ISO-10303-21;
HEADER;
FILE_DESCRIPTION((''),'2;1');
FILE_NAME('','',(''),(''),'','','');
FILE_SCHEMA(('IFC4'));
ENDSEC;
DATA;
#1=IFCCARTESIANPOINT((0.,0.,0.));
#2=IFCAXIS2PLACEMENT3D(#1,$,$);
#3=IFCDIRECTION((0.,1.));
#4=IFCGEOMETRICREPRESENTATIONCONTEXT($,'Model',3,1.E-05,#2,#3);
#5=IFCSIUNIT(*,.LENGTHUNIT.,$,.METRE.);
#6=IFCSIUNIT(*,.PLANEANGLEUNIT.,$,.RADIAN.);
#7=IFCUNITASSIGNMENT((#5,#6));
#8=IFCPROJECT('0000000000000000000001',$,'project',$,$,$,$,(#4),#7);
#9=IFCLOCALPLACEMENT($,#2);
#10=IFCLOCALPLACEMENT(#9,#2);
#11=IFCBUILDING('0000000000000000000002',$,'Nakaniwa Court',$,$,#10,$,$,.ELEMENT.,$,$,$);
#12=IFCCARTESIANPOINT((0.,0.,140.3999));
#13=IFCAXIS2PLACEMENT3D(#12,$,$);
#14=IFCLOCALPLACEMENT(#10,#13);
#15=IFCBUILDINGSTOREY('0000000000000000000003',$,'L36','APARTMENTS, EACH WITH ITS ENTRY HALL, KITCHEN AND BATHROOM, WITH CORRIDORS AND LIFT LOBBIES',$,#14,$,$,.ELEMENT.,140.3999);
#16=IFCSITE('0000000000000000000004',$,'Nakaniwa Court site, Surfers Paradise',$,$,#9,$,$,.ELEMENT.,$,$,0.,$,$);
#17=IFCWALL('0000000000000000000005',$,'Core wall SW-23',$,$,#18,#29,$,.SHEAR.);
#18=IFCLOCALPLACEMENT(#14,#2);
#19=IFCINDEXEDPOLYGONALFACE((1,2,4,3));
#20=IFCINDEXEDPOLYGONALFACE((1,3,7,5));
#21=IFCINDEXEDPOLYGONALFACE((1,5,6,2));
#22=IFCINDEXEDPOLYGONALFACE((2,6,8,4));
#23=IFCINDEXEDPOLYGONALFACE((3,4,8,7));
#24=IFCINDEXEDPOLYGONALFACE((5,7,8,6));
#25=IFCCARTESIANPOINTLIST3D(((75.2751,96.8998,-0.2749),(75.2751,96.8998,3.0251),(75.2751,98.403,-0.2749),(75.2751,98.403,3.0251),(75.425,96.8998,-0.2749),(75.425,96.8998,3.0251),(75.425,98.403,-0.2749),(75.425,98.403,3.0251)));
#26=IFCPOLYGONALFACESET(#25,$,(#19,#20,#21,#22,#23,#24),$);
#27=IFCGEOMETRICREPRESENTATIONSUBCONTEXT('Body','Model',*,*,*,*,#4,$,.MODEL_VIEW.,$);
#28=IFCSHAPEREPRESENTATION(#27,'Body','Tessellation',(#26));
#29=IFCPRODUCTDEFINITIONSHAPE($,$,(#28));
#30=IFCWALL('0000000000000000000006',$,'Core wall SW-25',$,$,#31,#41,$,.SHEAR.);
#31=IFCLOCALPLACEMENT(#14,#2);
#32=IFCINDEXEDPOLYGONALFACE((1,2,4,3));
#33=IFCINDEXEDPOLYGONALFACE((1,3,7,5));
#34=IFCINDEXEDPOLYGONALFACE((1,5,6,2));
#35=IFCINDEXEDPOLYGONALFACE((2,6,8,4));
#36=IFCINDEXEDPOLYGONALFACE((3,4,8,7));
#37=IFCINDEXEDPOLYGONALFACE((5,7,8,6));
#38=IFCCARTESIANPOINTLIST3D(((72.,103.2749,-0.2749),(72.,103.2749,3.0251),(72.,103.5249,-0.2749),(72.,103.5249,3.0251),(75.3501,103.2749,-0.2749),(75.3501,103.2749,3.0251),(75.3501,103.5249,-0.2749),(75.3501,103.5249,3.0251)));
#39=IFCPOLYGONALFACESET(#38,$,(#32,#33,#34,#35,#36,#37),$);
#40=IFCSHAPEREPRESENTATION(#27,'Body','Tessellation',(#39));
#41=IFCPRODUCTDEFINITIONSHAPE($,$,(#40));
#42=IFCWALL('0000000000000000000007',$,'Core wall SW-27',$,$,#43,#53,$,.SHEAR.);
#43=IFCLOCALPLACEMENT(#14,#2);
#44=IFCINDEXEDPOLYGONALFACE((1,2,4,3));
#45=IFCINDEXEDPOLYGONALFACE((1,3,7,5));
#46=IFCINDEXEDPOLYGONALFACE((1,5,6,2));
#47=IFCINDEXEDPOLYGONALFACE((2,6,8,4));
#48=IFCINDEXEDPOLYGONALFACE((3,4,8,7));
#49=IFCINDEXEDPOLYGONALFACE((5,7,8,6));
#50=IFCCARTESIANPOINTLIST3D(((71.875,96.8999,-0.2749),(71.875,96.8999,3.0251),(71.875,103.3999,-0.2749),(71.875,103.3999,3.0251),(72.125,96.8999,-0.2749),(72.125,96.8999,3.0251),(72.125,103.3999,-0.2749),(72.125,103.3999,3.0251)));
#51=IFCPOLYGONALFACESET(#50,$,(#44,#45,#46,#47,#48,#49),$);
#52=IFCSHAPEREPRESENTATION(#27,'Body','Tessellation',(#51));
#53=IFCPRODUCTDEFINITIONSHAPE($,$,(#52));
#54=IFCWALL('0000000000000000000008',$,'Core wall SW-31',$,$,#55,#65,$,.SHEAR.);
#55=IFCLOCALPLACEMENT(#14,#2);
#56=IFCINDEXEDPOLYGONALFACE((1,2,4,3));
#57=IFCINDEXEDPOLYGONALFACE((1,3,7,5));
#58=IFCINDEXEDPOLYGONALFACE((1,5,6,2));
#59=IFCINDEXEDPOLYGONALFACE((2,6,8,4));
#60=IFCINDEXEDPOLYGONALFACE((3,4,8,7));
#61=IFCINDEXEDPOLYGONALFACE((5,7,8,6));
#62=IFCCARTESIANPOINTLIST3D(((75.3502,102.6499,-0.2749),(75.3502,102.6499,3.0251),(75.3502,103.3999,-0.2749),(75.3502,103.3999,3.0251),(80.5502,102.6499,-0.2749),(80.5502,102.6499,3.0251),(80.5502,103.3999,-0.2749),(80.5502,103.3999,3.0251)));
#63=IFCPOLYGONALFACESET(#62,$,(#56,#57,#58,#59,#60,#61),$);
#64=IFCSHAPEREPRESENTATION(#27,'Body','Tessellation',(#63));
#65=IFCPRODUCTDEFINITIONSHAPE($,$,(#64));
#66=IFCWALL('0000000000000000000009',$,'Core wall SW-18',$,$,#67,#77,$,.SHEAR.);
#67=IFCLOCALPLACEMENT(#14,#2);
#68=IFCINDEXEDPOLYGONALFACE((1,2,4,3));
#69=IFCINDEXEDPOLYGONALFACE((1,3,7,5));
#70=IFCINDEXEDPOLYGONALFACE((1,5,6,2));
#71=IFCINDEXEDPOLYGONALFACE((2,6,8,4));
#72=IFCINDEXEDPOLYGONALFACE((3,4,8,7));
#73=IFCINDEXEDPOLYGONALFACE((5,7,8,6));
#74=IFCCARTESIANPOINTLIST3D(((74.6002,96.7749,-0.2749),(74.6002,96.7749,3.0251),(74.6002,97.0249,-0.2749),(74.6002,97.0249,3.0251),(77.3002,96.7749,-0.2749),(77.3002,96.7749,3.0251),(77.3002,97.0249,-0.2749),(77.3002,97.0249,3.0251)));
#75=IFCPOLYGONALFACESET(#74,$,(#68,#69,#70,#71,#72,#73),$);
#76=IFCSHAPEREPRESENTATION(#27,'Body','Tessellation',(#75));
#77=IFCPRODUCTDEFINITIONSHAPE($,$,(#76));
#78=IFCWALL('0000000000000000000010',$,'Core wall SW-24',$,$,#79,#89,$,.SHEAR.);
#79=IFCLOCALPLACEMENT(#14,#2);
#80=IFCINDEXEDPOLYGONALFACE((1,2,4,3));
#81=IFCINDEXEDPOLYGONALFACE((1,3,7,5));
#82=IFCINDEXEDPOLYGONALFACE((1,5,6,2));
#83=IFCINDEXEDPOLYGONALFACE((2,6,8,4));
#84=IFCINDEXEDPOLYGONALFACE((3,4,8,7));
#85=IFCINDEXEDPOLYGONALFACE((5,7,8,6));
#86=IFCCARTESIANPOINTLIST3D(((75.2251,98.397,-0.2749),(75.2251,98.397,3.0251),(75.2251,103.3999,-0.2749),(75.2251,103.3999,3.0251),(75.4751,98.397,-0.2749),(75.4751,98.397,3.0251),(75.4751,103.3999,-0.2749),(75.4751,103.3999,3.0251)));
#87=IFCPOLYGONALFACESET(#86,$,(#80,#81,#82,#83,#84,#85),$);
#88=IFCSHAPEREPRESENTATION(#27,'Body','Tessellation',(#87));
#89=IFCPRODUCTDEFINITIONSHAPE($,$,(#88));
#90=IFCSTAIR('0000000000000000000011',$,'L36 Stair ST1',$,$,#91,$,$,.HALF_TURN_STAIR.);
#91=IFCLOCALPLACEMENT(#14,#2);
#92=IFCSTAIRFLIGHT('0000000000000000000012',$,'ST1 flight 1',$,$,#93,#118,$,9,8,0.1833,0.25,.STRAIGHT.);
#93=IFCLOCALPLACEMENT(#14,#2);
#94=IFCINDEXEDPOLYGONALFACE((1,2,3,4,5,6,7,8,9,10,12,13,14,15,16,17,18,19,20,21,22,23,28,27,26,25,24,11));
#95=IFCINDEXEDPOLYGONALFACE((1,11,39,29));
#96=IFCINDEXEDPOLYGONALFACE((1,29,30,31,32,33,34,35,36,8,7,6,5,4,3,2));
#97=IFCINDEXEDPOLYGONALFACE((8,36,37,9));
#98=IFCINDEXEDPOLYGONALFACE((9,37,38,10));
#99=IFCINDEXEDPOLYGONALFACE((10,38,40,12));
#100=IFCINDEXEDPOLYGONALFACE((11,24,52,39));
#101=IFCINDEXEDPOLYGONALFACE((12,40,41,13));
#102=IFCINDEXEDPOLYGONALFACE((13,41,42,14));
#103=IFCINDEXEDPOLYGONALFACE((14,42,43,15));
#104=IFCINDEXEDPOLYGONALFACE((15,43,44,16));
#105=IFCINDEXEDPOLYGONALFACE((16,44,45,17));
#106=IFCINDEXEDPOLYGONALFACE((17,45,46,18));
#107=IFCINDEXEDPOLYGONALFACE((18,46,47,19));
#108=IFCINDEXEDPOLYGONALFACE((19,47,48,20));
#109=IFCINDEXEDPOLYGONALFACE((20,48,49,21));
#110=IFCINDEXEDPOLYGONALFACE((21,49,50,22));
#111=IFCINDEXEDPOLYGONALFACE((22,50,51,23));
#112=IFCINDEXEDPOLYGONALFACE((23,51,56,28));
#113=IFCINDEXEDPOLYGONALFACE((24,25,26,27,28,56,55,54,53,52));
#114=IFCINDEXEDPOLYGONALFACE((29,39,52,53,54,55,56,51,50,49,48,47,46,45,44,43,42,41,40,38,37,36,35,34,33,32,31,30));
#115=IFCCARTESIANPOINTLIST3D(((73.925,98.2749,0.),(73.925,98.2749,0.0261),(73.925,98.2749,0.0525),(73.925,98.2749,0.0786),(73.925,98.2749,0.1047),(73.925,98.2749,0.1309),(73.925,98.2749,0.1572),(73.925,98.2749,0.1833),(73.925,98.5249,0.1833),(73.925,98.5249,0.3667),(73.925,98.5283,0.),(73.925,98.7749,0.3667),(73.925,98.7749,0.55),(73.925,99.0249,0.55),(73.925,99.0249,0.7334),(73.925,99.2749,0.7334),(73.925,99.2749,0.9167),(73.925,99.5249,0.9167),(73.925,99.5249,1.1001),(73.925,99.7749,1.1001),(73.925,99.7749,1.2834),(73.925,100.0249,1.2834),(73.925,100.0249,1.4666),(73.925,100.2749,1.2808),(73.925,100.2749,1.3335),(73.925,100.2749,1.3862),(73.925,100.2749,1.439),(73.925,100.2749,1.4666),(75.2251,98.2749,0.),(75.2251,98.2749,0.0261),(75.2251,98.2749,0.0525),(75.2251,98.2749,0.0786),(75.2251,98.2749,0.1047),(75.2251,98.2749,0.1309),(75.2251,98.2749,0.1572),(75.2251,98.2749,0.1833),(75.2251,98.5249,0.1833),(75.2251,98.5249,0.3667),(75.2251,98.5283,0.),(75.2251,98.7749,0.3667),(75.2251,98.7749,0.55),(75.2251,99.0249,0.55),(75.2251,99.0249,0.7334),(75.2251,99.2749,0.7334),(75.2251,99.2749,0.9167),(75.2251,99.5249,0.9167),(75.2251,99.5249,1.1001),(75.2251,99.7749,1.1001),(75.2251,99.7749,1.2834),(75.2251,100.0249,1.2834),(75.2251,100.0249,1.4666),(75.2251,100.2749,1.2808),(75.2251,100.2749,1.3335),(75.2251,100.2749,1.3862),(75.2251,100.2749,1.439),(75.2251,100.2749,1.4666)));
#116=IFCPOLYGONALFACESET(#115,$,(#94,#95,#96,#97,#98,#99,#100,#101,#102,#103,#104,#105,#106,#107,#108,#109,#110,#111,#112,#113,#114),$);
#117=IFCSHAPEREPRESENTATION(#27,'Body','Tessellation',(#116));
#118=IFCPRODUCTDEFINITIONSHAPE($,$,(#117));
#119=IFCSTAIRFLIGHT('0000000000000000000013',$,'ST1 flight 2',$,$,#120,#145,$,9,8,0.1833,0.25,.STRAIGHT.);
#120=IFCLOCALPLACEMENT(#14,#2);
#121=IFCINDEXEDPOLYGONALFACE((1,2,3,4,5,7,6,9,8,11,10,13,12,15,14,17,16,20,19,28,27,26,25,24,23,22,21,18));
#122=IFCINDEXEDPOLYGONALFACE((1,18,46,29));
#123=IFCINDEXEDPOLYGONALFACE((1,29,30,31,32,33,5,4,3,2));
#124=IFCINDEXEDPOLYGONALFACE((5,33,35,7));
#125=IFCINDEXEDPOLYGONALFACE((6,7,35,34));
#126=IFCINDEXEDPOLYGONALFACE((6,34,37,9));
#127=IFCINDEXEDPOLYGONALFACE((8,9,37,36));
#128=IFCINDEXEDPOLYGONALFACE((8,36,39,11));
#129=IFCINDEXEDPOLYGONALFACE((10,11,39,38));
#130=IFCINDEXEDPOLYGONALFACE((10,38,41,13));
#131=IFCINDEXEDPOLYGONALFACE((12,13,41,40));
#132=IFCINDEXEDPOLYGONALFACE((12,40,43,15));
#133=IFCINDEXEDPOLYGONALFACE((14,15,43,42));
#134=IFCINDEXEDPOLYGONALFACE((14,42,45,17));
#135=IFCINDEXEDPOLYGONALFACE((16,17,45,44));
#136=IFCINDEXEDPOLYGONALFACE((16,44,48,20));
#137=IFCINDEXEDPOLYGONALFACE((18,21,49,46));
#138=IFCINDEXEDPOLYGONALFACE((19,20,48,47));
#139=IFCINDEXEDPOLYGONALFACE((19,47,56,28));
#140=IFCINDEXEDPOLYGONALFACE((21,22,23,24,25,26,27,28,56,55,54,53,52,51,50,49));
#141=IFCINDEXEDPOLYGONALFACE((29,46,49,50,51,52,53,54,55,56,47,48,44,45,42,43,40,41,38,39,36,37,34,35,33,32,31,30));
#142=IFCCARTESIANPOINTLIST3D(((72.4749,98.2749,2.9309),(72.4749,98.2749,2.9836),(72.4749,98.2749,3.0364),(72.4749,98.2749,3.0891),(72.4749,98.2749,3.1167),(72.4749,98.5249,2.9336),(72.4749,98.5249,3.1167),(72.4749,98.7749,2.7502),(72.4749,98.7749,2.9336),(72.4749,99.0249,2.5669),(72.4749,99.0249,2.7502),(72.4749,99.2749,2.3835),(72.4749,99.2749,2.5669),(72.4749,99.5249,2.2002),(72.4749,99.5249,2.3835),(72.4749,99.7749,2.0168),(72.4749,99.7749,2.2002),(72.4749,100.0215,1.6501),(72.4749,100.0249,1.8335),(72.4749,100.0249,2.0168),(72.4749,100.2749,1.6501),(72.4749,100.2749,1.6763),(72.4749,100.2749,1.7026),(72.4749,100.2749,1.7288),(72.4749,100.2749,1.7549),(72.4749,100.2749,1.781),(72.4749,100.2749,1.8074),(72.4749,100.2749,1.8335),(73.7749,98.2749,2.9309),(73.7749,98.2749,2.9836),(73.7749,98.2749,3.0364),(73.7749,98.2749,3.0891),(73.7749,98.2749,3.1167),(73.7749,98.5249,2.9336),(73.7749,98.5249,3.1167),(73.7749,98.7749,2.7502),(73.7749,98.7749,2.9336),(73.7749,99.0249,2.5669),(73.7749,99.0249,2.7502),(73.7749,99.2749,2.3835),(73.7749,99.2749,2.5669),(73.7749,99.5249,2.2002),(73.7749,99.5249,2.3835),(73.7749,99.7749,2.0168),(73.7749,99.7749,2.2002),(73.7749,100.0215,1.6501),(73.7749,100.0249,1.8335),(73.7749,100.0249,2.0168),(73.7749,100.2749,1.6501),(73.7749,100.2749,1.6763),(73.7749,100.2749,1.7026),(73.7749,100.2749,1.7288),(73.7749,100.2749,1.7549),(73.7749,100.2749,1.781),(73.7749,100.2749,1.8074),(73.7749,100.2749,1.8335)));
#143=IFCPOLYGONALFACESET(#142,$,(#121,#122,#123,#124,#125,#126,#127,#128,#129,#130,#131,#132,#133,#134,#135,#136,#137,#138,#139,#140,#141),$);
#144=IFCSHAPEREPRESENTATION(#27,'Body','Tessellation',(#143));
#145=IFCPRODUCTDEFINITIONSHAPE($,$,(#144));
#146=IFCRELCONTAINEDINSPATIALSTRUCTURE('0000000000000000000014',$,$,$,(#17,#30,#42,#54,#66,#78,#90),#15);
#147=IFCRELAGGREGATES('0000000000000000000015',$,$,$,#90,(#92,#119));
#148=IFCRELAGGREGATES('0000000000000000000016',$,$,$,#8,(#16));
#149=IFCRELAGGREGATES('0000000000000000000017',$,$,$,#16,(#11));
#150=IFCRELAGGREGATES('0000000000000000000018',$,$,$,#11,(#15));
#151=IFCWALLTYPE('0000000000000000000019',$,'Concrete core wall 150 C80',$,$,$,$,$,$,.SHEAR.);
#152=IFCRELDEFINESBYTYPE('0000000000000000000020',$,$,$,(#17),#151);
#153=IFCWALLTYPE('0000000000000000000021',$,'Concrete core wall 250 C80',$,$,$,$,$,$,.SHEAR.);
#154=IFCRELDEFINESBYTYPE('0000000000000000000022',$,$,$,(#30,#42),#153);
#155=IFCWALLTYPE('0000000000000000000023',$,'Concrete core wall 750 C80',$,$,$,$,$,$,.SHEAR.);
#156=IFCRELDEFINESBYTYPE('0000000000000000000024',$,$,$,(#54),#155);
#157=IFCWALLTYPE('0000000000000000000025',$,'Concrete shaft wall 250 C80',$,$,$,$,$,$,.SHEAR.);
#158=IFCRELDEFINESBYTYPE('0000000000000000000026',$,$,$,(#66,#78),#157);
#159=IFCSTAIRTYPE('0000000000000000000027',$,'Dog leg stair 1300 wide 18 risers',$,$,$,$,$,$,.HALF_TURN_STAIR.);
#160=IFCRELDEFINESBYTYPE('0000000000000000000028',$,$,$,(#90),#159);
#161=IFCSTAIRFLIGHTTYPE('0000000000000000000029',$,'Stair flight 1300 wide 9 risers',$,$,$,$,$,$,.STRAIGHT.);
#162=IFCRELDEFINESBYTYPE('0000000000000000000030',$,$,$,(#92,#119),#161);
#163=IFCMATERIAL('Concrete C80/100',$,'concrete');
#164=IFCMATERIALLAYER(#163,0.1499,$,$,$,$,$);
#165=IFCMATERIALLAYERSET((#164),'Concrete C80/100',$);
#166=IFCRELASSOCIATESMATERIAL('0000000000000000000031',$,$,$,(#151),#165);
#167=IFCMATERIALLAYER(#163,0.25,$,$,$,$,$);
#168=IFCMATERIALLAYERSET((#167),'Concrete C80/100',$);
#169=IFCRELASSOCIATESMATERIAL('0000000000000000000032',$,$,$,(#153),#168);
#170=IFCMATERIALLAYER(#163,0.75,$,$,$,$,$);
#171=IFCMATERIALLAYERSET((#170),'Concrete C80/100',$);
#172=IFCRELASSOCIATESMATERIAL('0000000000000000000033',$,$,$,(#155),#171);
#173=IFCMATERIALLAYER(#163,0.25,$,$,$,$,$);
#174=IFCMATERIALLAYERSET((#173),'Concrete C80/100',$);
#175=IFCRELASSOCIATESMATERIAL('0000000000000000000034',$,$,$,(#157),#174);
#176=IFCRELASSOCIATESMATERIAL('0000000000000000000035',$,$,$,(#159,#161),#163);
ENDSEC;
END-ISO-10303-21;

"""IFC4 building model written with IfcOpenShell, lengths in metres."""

from ifc_helpers import new_model, si_unit, direction, frame, frame_2d, origin, place, context, subcontext, project, spatial, polyline, rectangle, outline, extrude, material, layer, layer_set, type_object, element, aggregate, save


model = new_model("IFC4")

# Units and contexts
model_context = context("Model", 3, precision=1e-05, world=origin(), true_north=direction((0.0, 1.0)))
body_context = subcontext(model_context, "Body", "Model", "MODEL_VIEW")
ifc_project = project(units=[si_unit("LENGTHUNIT", "METRE"), si_unit("PLANEANGLEUNIT", "RADIAN")], contexts=[model_context])

# Site, building, storey
site_placement = place(None, origin())
site = spatial("IfcSite", under=ifc_project, at=site_placement, Name="Nakaniwa Court site, Surfers Paradise", CompositionType="ELEMENT", RefElevation=0.0)
building_placement = place(site_placement, origin())
building = spatial("IfcBuilding", under=site, at=building_placement, Name="Nakaniwa Court", CompositionType="ELEMENT")
storey_placement = place(building_placement, frame((0.0, 0.0, 140.3999)))
storey = spatial("IfcBuildingStorey", under=building, at=storey_placement, Name="L36", Description="APARTMENTS, EACH WITH ITS ENTRY HALL, KITCHEN AND BATHROOM, WITH CORRIDORS AND LIFT LOBBIES", CompositionType="ELEMENT", Elevation=140.3999)

# Shared definitions
ifc_material_1 = material(Name="Concrete C80/100", Category="concrete")

# Shared definitions
ifc_layer_1 = layer(ifc_material_1, 0.1499)
ifc_layer_set_1 = layer_set([ifc_layer_1], Name="Concrete C80/100")
wall_type_1 = type_object("IfcWallType", Name="Concrete core wall 150 C80", PredefinedType="SHEAR", material=ifc_layer_set_1)

# Walls
wall_1_placement = place(storey_placement, frame((75.3501, 96.8999, -0.2749), z_axis=(0.0, 0.0, 1.0), x_axis=(0.0, 1.0, 0.0)))
element("IfcWall", 1, at=wall_1_placement, inside=storey, type_object=wall_type_1, Name="Core wall SW-23", PredefinedType="SHEAR", context=body_context, shape_type="SweptSolid", body=[
    extrude(rectangle(XDim=1.5032, YDim=0.1499, at=frame_2d((0.7515, 0.0))), origin(), (0.0, 0.0, 1.0), 3.3),
])
ifc_layer_2 = layer(ifc_material_1, 0.25)
ifc_layer_set_2 = layer_set([ifc_layer_2], Name="Concrete C80/100")
wall_type_2 = type_object("IfcWallType", Name="Concrete core wall 250 C80", PredefinedType="SHEAR", material=ifc_layer_set_2)
wall_2_placement = place(storey_placement, frame((72.0, 103.3999, -0.2749), z_axis=(0.0, 0.0, 1.0), x_axis=(1.0, 0.0, 0.0)))
element("IfcWall", 2, at=wall_2_placement, inside=storey, type_object=wall_type_2, Name="Core wall SW-25", PredefinedType="SHEAR", context=body_context, shape_type="SweptSolid", body=[
    extrude(rectangle(XDim=3.3501, YDim=0.25, at=frame_2d((1.675, 0.0))), origin(), (0.0, 0.0, 1.0), 3.3),
])
wall_3_placement = place(storey_placement, frame((72.0, 96.8999, -0.2749), z_axis=(0.0, 0.0, 1.0), x_axis=(0.0, 1.0, 0.0)))
element("IfcWall", 3, at=wall_3_placement, inside=storey, type_object=wall_type_2, Name="Core wall SW-27", PredefinedType="SHEAR", context=body_context, shape_type="SweptSolid", body=[
    extrude(rectangle(XDim=6.5, YDim=0.25, at=frame_2d((3.25, 0.0))), origin(), (0.0, 0.0, 1.0), 3.3),
])
ifc_layer_3 = layer(ifc_material_1, 0.75)
ifc_layer_set_3 = layer_set([ifc_layer_3], Name="Concrete C80/100")
wall_type_3 = type_object("IfcWallType", Name="Concrete core wall 750 C80", PredefinedType="SHEAR", material=ifc_layer_set_3)
wall_4_placement = place(storey_placement, frame((75.3501, 103.0249, -0.2749), z_axis=(0.0, 0.0, 1.0), x_axis=(1.0, 0.0, 0.0)))
element("IfcWall", 4, at=wall_4_placement, inside=storey, type_object=wall_type_3, Name="Core wall SW-31", PredefinedType="SHEAR", context=body_context, shape_type="SweptSolid", body=[
    extrude(rectangle(XDim=5.2, YDim=0.75, at=frame_2d((2.6001, 0.0))), origin(), (0.0, 0.0, 1.0), 3.3),
])
ifc_layer_4 = layer(ifc_material_1, 0.25)
ifc_layer_set_4 = layer_set([ifc_layer_4], Name="Concrete C80/100")
wall_type_4 = type_object("IfcWallType", Name="Concrete shaft wall 250 C80", PredefinedType="SHEAR", material=ifc_layer_set_4)
wall_5_placement = place(storey_placement, frame((74.6001, 96.8999, -0.2749), z_axis=(0.0, 0.0, 1.0), x_axis=(1.0, 0.0, 0.0)))
element("IfcWall", 5, at=wall_5_placement, inside=storey, type_object=wall_type_4, Name="Core wall SW-18", PredefinedType="SHEAR", context=body_context, shape_type="SweptSolid", body=[
    extrude(rectangle(XDim=2.7, YDim=0.25, at=frame_2d((1.3501, 0.0))), origin(), (0.0, 0.0, 1.0), 3.3),
])
wall_6_placement = place(storey_placement, frame((75.3501, 98.397, -0.2749), z_axis=(0.0, 0.0, 1.0), x_axis=(0.0, 1.0, 0.0)))
element("IfcWall", 6, at=wall_6_placement, inside=storey, type_object=wall_type_4, Name="Core wall SW-24", PredefinedType="SHEAR", context=body_context, shape_type="SweptSolid", body=[
    extrude(rectangle(XDim=5.0029, YDim=0.25, at=frame_2d((2.5015, 0.0))), origin(), (0.0, 0.0, 1.0), 3.3),
])

# Stair, stair flights
stair_type = type_object("IfcStairType", Name="Dog leg stair 1300 wide 18 risers", PredefinedType="HALF_TURN_STAIR", material=ifc_material_1)
stair_placement = place(storey_placement, origin())
stair = element("IfcStair", 7, at=stair_placement, inside=storey, type_object=stair_type, Name="L36 Stair ST1", PredefinedType="HALF_TURN_STAIR")
stair_flight_type = type_object("IfcStairFlightType", Name="Stair flight 1300 wide 9 risers", PredefinedType="STRAIGHT", material=ifc_material_1)
stair_flight_1_placement = place(storey_placement, frame((74.575, 98.2749, 0.0), z_axis=(0.0, 0.0, 1.0), x_axis=(0.0, 1.0, 0.0)))
stair_flight_1 = element("IfcStairFlight", 8, at=stair_flight_1_placement, type_object=stair_flight_type, Name="ST1 flight 1", NumberOfRisers=9, NumberOfTreads=8, PredefinedType="STRAIGHT", RiserHeight=0.1833, TreadLength=0.25, context=body_context, shape_type="SweptSolid", body=[
    extrude(outline(polyline([(0.0, 0.0), (0.0, 0.0261), (0.0, 0.0525), (0.0, 0.0786), (0.0, 0.1047), (0.0, 0.1309), (0.0, 0.1572), (0.0, 0.1833), (0.25, 0.1833), (0.25, 0.3667), (0.5, 0.3667), (0.5, 0.55), (0.75, 0.55), (0.75, 0.7334), (1.0, 0.7334), (1.0, 0.9167), (1.25, 0.9167), (1.25, 1.1001), (1.5, 1.1001), (1.5, 1.2834), (1.75, 1.2834), (1.75, 1.4666), (2.0, 1.4666), (2.0, 1.6499), (2.0, 1.5972), (2.0, 1.5444), (2.0, 1.4917), (2.0, 1.439), (2.0, 1.3862), (2.0, 1.3335), (2.0, 1.2808), (0.2534, 0.0), (0.0, 0.0)])), frame((0.0, 0.6499, 0.0), z_axis=(0.0, -1.0, 0.0), x_axis=(1.0, 0.0, 0.0)), (0.0, 0.0, 1.0), 1.3),
])
stair_flight_2_placement = place(storey_placement, frame((73.125, 100.2749, 1.6501), z_axis=(0.0, 0.0, 1.0), x_axis=(0.0, -1.0, 0.0)))
stair_flight_2 = element("IfcStairFlight", 9, at=stair_flight_2_placement, type_object=stair_flight_type, Name="ST1 flight 2", NumberOfRisers=9, NumberOfTreads=8, PredefinedType="STRAIGHT", RiserHeight=0.1833, TreadLength=0.25, context=body_context, shape_type="SweptSolid", body=[
    extrude(outline(polyline([(0.0, 0.0), (0.0, 0.0261), (0.0, 0.0525), (0.0, 0.0786), (0.0, 0.1047), (0.0, 0.1309), (0.0, 0.1572), (0.0, 0.1833), (0.25, 0.1833), (0.25, 0.3667), (0.5, 0.3667), (0.5, 0.55), (0.75, 0.55), (0.75, 0.7334), (1.0, 0.7334), (1.0, 0.9167), (1.25, 0.9167), (1.25, 1.1001), (1.5, 1.1001), (1.5, 1.2834), (1.75, 1.2834), (1.75, 1.4666), (2.0, 1.4666), (2.0, 1.6499), (2.0, 1.5972), (2.0, 1.5444), (2.0, 1.4917), (2.0, 1.439), (2.0, 1.3862), (2.0, 1.3335), (2.0, 1.2808), (0.2534, 0.0), (0.0, 0.0)])), frame((0.0, 0.6499, 0.0), z_axis=(0.0, -1.0, 0.0), x_axis=(1.0, 0.0, 0.0)), (0.0, 0.0, 1.0), 1.3),
])
aggregate(stair, [stair_flight_1, stair_flight_2])

save(model, "model.ifc")
